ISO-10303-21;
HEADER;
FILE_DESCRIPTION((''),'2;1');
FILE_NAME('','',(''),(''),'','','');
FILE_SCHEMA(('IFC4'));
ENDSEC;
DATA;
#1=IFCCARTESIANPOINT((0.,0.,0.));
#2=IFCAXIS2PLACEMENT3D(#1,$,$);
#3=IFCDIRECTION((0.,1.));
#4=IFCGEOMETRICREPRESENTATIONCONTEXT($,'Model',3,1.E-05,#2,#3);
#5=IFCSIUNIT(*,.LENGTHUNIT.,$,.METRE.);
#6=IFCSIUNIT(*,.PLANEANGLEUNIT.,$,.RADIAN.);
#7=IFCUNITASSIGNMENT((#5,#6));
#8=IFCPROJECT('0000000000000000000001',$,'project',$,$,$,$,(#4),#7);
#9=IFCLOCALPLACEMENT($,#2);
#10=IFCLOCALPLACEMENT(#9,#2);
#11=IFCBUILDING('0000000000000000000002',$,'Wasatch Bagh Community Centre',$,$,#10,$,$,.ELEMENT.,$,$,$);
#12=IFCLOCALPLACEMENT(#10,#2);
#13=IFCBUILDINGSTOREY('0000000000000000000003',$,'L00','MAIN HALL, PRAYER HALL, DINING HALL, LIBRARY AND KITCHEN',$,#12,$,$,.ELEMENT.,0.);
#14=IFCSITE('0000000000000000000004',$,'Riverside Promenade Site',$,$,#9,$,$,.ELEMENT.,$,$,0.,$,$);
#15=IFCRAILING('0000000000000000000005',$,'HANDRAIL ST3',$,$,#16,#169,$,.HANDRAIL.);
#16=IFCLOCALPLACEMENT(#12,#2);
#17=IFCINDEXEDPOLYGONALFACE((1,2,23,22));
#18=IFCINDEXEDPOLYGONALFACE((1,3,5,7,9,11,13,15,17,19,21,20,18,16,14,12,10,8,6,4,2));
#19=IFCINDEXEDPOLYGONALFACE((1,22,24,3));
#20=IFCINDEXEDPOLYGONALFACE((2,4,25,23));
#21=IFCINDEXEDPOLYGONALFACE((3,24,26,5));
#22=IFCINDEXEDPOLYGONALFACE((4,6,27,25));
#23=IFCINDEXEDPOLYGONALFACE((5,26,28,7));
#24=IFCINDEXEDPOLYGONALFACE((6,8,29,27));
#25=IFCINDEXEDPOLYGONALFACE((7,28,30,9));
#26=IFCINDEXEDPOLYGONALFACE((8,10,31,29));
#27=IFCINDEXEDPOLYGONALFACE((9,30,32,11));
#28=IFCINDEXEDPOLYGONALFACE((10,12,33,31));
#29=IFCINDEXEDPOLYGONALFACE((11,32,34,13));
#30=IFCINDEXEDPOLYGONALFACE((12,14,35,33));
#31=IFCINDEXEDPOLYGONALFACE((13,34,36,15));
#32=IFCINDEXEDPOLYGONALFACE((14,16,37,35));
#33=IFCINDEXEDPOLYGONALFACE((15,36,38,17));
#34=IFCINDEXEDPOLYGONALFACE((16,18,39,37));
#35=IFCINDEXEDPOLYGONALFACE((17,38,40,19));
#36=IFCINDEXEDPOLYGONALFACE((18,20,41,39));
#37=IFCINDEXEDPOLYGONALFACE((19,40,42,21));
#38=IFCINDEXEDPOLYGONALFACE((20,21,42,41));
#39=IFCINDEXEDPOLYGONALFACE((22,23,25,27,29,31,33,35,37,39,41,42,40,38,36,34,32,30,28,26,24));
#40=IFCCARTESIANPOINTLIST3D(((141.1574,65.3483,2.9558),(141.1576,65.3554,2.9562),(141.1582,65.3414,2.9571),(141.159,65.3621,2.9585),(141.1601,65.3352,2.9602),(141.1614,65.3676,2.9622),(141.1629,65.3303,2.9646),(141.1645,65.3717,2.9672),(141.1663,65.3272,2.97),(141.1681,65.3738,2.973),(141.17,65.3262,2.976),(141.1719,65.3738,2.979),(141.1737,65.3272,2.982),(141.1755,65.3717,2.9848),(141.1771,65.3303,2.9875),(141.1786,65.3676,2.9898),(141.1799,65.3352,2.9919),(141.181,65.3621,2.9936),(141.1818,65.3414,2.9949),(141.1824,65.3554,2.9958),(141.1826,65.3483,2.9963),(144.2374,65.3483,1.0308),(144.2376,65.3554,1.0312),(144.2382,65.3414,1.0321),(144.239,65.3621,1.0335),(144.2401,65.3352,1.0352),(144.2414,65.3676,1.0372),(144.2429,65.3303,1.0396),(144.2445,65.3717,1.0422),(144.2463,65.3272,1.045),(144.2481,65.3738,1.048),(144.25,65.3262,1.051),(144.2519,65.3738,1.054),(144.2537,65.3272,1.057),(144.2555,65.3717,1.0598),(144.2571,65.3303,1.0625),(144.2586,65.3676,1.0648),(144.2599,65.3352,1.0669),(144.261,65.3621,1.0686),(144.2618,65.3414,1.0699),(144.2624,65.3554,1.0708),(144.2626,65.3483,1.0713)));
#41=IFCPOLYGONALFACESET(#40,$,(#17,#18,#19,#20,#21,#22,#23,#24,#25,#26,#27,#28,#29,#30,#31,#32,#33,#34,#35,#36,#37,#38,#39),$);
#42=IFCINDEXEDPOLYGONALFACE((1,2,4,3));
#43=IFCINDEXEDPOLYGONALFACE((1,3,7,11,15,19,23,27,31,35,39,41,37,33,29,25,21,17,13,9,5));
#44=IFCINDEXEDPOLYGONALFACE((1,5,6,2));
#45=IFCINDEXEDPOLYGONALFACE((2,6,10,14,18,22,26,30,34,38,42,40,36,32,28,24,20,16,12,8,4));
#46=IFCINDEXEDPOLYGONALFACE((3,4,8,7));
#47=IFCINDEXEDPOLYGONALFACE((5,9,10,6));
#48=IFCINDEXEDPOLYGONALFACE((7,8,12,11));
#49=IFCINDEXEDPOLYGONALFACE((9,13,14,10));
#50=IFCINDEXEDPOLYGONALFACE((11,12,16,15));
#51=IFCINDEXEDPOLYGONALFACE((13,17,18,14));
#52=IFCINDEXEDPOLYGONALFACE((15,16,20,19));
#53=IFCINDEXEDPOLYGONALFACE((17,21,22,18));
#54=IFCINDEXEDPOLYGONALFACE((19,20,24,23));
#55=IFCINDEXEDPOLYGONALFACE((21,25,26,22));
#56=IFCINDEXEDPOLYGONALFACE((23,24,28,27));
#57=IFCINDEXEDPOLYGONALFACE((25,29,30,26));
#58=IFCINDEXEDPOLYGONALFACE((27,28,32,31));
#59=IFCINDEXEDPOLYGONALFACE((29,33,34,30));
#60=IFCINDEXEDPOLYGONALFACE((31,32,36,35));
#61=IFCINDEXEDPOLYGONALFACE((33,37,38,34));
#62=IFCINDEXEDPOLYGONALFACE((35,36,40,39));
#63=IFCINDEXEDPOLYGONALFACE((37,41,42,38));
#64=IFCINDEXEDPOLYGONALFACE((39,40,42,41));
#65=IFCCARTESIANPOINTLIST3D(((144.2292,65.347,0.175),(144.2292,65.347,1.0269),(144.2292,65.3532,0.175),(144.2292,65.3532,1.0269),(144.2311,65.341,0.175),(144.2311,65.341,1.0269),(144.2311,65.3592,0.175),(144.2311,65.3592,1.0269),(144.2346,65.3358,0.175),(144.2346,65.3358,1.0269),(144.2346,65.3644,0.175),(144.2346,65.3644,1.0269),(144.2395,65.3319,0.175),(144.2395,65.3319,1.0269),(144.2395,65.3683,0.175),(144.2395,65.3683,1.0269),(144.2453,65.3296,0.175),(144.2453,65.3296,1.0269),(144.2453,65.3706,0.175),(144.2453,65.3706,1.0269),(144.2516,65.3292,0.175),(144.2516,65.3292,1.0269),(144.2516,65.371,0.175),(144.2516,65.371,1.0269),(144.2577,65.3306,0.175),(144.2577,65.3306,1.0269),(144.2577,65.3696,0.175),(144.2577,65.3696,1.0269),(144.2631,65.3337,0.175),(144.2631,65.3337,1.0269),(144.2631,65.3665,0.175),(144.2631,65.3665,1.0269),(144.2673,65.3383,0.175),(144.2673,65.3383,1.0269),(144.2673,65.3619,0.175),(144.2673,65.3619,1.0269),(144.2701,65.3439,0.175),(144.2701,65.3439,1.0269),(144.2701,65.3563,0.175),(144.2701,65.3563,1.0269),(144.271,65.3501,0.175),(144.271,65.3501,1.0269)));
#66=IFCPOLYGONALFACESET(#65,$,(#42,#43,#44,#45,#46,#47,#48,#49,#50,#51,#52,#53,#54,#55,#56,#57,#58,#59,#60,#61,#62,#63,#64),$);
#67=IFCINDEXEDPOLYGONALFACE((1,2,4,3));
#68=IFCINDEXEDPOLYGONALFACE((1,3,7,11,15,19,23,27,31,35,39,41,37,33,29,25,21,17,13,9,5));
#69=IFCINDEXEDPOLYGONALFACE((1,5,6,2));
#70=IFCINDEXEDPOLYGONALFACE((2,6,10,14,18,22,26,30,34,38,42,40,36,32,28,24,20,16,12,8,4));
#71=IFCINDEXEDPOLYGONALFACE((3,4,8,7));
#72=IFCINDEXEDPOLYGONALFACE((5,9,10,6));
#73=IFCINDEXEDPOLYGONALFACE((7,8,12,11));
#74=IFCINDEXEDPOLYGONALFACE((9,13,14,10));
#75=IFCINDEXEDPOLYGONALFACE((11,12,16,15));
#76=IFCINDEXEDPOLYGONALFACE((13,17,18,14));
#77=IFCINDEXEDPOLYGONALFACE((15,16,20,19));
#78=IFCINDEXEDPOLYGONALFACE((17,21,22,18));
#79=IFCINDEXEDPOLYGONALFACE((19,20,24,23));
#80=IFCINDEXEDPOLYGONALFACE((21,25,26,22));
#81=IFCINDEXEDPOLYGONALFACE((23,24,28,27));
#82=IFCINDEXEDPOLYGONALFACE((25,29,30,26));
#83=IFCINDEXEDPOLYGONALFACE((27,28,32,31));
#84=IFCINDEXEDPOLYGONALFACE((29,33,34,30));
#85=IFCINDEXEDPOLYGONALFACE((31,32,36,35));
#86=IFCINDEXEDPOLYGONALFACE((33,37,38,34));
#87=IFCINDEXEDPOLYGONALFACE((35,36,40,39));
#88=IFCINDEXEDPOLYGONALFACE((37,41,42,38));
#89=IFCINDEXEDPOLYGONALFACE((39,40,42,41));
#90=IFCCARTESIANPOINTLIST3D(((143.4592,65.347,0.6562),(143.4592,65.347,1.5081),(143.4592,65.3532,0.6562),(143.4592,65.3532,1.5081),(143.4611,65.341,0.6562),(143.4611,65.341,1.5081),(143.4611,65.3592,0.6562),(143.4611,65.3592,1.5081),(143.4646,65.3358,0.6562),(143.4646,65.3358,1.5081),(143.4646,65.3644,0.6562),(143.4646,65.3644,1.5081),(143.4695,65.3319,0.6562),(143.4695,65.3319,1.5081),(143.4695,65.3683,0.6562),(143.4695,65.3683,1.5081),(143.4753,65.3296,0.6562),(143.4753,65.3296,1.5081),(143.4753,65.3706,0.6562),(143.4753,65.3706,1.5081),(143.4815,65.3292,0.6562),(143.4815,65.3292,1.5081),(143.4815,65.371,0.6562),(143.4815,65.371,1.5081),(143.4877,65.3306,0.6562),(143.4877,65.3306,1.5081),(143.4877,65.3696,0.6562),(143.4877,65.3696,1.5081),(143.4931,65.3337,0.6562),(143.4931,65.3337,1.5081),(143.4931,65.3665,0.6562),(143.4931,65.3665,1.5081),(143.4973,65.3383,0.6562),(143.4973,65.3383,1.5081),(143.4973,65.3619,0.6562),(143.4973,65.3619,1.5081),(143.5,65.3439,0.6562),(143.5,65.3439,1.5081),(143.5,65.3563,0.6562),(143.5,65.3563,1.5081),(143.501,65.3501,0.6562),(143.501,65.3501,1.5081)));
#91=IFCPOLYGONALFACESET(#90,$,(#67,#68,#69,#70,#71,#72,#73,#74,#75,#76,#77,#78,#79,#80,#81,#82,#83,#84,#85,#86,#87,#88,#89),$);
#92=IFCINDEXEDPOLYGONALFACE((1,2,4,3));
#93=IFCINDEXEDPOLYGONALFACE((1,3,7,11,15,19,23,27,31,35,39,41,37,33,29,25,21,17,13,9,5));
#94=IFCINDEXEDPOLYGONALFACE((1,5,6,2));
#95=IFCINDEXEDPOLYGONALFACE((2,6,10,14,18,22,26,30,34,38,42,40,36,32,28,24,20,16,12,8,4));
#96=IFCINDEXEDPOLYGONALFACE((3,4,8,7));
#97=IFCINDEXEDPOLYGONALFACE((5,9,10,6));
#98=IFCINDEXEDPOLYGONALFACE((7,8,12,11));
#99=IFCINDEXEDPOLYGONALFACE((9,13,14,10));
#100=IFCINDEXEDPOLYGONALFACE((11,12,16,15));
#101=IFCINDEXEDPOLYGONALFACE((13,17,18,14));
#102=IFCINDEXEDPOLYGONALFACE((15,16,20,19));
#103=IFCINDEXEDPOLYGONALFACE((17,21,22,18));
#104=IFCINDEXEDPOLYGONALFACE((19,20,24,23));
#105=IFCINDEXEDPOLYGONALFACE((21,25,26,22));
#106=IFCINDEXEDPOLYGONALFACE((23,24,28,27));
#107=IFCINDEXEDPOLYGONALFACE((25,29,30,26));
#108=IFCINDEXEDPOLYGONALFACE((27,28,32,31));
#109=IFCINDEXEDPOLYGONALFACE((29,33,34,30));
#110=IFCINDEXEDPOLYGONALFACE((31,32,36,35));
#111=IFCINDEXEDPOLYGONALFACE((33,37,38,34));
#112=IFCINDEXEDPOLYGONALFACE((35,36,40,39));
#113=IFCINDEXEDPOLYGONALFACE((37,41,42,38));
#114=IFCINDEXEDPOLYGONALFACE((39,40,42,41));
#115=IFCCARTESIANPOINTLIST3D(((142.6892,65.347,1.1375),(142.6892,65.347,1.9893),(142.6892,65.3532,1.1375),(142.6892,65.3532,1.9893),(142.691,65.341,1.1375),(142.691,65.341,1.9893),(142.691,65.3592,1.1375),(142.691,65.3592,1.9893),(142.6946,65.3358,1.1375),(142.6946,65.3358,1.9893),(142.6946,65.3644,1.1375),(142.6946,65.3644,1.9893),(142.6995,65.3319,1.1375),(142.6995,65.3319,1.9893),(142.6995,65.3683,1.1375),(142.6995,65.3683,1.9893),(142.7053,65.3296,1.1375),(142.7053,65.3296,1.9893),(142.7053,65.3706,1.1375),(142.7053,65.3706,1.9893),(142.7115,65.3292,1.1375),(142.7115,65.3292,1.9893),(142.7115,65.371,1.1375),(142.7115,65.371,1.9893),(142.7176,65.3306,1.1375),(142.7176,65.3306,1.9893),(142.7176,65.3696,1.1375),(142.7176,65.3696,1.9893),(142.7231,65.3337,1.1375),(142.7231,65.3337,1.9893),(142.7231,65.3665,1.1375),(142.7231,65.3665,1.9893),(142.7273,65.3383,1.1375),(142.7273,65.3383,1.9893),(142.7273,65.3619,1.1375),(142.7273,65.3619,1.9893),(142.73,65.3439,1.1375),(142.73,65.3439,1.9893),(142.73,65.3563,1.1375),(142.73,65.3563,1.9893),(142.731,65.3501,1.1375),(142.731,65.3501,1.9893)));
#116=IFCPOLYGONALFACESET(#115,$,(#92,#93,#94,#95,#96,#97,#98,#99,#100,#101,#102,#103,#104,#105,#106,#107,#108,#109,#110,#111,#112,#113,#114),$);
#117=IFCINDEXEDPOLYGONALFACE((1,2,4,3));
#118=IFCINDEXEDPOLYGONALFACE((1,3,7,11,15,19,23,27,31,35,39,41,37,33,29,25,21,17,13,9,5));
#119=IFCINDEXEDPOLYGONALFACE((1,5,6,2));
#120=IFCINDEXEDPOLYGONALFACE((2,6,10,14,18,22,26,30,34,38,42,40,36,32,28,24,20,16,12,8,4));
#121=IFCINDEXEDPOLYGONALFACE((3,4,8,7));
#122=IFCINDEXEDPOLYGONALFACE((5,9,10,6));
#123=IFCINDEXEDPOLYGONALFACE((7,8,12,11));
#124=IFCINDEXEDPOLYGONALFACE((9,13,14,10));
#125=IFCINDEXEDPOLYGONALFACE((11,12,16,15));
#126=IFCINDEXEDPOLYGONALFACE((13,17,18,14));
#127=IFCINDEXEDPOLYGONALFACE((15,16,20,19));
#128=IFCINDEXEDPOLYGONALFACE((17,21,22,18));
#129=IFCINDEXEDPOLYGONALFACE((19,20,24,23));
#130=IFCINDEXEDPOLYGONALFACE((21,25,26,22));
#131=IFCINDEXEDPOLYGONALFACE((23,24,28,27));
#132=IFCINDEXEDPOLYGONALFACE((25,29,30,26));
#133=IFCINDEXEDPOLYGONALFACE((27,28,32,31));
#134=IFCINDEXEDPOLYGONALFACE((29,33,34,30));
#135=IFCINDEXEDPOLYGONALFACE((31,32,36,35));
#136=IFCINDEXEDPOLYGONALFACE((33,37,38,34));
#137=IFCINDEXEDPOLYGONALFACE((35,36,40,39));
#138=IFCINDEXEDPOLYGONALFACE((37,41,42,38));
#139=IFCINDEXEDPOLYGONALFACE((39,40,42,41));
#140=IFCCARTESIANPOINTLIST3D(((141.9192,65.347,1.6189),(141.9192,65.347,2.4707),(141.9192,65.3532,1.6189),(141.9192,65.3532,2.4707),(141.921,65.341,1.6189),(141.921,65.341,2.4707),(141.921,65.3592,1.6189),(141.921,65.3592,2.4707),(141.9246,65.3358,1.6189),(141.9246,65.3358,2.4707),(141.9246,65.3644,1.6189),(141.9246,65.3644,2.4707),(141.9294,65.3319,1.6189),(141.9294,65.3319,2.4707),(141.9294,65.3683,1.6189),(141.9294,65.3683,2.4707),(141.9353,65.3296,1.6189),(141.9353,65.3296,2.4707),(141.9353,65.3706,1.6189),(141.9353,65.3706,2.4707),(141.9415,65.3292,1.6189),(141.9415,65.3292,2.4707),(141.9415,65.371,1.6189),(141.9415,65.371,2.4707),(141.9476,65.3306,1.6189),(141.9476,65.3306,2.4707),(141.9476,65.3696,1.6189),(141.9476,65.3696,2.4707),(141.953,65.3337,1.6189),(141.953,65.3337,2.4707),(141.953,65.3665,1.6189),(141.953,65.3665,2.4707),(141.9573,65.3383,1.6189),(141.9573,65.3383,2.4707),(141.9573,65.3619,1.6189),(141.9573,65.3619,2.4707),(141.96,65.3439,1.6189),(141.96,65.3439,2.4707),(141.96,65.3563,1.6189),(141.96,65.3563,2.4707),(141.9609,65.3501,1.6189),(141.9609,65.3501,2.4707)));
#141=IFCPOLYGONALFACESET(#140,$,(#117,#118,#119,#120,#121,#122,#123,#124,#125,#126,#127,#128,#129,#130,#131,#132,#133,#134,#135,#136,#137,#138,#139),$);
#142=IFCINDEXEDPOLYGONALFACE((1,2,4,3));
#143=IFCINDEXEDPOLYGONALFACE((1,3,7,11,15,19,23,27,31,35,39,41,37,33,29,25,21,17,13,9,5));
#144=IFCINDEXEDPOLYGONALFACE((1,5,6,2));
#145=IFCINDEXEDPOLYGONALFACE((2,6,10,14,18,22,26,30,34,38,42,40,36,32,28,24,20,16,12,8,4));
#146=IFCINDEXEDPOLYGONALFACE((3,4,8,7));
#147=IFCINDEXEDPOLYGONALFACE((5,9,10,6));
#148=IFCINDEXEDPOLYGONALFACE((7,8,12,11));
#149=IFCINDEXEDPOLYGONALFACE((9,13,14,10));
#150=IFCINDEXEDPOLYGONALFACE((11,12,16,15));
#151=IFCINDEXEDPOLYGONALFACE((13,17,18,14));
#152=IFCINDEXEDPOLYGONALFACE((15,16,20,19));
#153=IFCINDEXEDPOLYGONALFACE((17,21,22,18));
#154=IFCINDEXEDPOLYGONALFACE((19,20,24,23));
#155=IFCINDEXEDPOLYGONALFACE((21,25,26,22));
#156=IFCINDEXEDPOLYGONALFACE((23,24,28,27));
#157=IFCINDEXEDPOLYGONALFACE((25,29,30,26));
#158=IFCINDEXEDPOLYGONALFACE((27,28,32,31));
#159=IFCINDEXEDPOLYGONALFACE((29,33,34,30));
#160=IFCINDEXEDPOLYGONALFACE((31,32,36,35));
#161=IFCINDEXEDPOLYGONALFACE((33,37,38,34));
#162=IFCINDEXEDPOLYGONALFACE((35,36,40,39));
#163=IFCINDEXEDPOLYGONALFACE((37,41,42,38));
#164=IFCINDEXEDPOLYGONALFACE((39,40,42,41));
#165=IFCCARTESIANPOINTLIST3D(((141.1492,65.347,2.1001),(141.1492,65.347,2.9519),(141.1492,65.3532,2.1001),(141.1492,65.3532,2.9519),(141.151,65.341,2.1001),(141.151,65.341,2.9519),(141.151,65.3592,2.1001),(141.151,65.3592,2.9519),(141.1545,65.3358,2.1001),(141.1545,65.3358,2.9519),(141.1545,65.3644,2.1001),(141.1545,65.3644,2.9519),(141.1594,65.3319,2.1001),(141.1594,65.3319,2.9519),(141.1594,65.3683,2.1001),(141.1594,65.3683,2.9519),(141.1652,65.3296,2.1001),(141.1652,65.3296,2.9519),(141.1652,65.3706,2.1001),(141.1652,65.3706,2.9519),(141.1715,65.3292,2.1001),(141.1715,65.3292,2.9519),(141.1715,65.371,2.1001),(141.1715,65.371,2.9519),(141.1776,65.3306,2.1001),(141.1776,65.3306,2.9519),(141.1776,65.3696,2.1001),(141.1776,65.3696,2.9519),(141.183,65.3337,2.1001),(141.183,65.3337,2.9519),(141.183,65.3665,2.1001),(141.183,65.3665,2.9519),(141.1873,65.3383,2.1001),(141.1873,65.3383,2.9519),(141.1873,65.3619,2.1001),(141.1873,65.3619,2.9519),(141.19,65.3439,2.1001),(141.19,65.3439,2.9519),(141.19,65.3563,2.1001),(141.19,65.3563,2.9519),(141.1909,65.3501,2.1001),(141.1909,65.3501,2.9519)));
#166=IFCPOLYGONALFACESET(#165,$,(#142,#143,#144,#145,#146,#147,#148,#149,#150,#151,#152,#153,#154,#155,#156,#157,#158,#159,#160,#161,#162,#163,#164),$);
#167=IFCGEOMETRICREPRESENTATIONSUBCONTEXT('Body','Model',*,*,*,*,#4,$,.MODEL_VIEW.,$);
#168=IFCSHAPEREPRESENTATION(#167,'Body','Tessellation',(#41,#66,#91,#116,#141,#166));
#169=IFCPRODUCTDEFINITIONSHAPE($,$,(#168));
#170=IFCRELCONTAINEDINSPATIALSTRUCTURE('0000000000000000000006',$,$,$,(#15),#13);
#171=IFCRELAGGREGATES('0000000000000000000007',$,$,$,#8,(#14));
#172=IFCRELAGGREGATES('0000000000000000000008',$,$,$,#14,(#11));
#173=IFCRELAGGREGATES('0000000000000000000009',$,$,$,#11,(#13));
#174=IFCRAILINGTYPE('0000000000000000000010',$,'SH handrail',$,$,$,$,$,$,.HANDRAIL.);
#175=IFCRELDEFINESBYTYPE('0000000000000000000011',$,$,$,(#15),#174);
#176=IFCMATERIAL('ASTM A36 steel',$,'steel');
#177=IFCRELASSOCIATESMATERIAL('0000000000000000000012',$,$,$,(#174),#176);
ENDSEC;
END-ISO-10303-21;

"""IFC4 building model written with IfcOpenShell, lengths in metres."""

from ifc_helpers import new_model, si_unit, direction, frame, origin, origin_2d, place, context, subcontext, project, spatial, circle, extrude, material, type_object, element, save


model = new_model("IFC4")

# Units and contexts
model_context = context("Model", 3, precision=1e-05, world=origin(), true_north=direction((0.0, 1.0)))
body_context = subcontext(model_context, "Body", "Model", "MODEL_VIEW")
ifc_project = project(units=[si_unit("LENGTHUNIT", "METRE"), si_unit("PLANEANGLEUNIT", "RADIAN")], contexts=[model_context])

# Site, building, storey
site_placement = place(None, origin())
site = spatial("IfcSite", under=ifc_project, at=site_placement, Name="Riverside Promenade Site", CompositionType="ELEMENT", RefElevation=0.0)
building_placement = place(site_placement, origin())
building = spatial("IfcBuilding", under=site, at=building_placement, Name="Wasatch Bagh Community Centre", CompositionType="ELEMENT")
storey_placement = place(building_placement, origin())
storey = spatial("IfcBuildingStorey", under=building, at=storey_placement, Name="L00", Description="MAIN HALL, PRAYER HALL, DINING HALL, LIBRARY AND KITCHEN", CompositionType="ELEMENT", Elevation=0.0)

# Railing
ifc_material_1 = material(Name="ASTM A36 steel", Category="steel")
railing_type_1 = type_object("IfcRailingType", Name="SH handrail", PredefinedType="HANDRAIL", material=ifc_material_1)
for number, where, name in (
    (1, (144.25, 65.3501, 0.175), "HANDRAIL ST3"),
):
    element("IfcRailing", number, at=place(storey_placement, frame(where)), inside=storey, type_object=railing_type_1, Name=name, PredefinedType="HANDRAIL", context=body_context, shape_type="SweptSolid", body=[
        extrude(circle(Radius=0.0239, at=origin_2d()), frame((0.0, 0.0, 0.876), z_axis=(-0.847998, 0.0, 0.529999), x_axis=(0.0, -1.0, 0.0)), (0.0, 0.0, 1.0), 3.6321),
        extrude(circle(Radius=0.021, at=origin_2d()), origin(), (0.0, 0.0, 1.0), 0.8518),
        extrude(circle(Radius=0.021, at=origin_2d()), frame((-0.77, 0.0, 0.4812)), (0.0, 0.0, 1.0), 0.8518),
        extrude(circle(Radius=0.021, at=origin_2d()), frame((-1.54, 0.0, 0.9624)), (0.0, 0.0, 1.0), 0.8518),
        extrude(circle(Radius=0.021, at=origin_2d()), frame((-2.3101, 0.0, 1.4438)), (0.0, 0.0, 1.0), 0.8518),
        extrude(circle(Radius=0.021, at=origin_2d()), frame((-3.0801, 0.0, 1.925)), (0.0, 0.0, 1.0), 0.8518),
    ])

save(model, "model.ifc")
